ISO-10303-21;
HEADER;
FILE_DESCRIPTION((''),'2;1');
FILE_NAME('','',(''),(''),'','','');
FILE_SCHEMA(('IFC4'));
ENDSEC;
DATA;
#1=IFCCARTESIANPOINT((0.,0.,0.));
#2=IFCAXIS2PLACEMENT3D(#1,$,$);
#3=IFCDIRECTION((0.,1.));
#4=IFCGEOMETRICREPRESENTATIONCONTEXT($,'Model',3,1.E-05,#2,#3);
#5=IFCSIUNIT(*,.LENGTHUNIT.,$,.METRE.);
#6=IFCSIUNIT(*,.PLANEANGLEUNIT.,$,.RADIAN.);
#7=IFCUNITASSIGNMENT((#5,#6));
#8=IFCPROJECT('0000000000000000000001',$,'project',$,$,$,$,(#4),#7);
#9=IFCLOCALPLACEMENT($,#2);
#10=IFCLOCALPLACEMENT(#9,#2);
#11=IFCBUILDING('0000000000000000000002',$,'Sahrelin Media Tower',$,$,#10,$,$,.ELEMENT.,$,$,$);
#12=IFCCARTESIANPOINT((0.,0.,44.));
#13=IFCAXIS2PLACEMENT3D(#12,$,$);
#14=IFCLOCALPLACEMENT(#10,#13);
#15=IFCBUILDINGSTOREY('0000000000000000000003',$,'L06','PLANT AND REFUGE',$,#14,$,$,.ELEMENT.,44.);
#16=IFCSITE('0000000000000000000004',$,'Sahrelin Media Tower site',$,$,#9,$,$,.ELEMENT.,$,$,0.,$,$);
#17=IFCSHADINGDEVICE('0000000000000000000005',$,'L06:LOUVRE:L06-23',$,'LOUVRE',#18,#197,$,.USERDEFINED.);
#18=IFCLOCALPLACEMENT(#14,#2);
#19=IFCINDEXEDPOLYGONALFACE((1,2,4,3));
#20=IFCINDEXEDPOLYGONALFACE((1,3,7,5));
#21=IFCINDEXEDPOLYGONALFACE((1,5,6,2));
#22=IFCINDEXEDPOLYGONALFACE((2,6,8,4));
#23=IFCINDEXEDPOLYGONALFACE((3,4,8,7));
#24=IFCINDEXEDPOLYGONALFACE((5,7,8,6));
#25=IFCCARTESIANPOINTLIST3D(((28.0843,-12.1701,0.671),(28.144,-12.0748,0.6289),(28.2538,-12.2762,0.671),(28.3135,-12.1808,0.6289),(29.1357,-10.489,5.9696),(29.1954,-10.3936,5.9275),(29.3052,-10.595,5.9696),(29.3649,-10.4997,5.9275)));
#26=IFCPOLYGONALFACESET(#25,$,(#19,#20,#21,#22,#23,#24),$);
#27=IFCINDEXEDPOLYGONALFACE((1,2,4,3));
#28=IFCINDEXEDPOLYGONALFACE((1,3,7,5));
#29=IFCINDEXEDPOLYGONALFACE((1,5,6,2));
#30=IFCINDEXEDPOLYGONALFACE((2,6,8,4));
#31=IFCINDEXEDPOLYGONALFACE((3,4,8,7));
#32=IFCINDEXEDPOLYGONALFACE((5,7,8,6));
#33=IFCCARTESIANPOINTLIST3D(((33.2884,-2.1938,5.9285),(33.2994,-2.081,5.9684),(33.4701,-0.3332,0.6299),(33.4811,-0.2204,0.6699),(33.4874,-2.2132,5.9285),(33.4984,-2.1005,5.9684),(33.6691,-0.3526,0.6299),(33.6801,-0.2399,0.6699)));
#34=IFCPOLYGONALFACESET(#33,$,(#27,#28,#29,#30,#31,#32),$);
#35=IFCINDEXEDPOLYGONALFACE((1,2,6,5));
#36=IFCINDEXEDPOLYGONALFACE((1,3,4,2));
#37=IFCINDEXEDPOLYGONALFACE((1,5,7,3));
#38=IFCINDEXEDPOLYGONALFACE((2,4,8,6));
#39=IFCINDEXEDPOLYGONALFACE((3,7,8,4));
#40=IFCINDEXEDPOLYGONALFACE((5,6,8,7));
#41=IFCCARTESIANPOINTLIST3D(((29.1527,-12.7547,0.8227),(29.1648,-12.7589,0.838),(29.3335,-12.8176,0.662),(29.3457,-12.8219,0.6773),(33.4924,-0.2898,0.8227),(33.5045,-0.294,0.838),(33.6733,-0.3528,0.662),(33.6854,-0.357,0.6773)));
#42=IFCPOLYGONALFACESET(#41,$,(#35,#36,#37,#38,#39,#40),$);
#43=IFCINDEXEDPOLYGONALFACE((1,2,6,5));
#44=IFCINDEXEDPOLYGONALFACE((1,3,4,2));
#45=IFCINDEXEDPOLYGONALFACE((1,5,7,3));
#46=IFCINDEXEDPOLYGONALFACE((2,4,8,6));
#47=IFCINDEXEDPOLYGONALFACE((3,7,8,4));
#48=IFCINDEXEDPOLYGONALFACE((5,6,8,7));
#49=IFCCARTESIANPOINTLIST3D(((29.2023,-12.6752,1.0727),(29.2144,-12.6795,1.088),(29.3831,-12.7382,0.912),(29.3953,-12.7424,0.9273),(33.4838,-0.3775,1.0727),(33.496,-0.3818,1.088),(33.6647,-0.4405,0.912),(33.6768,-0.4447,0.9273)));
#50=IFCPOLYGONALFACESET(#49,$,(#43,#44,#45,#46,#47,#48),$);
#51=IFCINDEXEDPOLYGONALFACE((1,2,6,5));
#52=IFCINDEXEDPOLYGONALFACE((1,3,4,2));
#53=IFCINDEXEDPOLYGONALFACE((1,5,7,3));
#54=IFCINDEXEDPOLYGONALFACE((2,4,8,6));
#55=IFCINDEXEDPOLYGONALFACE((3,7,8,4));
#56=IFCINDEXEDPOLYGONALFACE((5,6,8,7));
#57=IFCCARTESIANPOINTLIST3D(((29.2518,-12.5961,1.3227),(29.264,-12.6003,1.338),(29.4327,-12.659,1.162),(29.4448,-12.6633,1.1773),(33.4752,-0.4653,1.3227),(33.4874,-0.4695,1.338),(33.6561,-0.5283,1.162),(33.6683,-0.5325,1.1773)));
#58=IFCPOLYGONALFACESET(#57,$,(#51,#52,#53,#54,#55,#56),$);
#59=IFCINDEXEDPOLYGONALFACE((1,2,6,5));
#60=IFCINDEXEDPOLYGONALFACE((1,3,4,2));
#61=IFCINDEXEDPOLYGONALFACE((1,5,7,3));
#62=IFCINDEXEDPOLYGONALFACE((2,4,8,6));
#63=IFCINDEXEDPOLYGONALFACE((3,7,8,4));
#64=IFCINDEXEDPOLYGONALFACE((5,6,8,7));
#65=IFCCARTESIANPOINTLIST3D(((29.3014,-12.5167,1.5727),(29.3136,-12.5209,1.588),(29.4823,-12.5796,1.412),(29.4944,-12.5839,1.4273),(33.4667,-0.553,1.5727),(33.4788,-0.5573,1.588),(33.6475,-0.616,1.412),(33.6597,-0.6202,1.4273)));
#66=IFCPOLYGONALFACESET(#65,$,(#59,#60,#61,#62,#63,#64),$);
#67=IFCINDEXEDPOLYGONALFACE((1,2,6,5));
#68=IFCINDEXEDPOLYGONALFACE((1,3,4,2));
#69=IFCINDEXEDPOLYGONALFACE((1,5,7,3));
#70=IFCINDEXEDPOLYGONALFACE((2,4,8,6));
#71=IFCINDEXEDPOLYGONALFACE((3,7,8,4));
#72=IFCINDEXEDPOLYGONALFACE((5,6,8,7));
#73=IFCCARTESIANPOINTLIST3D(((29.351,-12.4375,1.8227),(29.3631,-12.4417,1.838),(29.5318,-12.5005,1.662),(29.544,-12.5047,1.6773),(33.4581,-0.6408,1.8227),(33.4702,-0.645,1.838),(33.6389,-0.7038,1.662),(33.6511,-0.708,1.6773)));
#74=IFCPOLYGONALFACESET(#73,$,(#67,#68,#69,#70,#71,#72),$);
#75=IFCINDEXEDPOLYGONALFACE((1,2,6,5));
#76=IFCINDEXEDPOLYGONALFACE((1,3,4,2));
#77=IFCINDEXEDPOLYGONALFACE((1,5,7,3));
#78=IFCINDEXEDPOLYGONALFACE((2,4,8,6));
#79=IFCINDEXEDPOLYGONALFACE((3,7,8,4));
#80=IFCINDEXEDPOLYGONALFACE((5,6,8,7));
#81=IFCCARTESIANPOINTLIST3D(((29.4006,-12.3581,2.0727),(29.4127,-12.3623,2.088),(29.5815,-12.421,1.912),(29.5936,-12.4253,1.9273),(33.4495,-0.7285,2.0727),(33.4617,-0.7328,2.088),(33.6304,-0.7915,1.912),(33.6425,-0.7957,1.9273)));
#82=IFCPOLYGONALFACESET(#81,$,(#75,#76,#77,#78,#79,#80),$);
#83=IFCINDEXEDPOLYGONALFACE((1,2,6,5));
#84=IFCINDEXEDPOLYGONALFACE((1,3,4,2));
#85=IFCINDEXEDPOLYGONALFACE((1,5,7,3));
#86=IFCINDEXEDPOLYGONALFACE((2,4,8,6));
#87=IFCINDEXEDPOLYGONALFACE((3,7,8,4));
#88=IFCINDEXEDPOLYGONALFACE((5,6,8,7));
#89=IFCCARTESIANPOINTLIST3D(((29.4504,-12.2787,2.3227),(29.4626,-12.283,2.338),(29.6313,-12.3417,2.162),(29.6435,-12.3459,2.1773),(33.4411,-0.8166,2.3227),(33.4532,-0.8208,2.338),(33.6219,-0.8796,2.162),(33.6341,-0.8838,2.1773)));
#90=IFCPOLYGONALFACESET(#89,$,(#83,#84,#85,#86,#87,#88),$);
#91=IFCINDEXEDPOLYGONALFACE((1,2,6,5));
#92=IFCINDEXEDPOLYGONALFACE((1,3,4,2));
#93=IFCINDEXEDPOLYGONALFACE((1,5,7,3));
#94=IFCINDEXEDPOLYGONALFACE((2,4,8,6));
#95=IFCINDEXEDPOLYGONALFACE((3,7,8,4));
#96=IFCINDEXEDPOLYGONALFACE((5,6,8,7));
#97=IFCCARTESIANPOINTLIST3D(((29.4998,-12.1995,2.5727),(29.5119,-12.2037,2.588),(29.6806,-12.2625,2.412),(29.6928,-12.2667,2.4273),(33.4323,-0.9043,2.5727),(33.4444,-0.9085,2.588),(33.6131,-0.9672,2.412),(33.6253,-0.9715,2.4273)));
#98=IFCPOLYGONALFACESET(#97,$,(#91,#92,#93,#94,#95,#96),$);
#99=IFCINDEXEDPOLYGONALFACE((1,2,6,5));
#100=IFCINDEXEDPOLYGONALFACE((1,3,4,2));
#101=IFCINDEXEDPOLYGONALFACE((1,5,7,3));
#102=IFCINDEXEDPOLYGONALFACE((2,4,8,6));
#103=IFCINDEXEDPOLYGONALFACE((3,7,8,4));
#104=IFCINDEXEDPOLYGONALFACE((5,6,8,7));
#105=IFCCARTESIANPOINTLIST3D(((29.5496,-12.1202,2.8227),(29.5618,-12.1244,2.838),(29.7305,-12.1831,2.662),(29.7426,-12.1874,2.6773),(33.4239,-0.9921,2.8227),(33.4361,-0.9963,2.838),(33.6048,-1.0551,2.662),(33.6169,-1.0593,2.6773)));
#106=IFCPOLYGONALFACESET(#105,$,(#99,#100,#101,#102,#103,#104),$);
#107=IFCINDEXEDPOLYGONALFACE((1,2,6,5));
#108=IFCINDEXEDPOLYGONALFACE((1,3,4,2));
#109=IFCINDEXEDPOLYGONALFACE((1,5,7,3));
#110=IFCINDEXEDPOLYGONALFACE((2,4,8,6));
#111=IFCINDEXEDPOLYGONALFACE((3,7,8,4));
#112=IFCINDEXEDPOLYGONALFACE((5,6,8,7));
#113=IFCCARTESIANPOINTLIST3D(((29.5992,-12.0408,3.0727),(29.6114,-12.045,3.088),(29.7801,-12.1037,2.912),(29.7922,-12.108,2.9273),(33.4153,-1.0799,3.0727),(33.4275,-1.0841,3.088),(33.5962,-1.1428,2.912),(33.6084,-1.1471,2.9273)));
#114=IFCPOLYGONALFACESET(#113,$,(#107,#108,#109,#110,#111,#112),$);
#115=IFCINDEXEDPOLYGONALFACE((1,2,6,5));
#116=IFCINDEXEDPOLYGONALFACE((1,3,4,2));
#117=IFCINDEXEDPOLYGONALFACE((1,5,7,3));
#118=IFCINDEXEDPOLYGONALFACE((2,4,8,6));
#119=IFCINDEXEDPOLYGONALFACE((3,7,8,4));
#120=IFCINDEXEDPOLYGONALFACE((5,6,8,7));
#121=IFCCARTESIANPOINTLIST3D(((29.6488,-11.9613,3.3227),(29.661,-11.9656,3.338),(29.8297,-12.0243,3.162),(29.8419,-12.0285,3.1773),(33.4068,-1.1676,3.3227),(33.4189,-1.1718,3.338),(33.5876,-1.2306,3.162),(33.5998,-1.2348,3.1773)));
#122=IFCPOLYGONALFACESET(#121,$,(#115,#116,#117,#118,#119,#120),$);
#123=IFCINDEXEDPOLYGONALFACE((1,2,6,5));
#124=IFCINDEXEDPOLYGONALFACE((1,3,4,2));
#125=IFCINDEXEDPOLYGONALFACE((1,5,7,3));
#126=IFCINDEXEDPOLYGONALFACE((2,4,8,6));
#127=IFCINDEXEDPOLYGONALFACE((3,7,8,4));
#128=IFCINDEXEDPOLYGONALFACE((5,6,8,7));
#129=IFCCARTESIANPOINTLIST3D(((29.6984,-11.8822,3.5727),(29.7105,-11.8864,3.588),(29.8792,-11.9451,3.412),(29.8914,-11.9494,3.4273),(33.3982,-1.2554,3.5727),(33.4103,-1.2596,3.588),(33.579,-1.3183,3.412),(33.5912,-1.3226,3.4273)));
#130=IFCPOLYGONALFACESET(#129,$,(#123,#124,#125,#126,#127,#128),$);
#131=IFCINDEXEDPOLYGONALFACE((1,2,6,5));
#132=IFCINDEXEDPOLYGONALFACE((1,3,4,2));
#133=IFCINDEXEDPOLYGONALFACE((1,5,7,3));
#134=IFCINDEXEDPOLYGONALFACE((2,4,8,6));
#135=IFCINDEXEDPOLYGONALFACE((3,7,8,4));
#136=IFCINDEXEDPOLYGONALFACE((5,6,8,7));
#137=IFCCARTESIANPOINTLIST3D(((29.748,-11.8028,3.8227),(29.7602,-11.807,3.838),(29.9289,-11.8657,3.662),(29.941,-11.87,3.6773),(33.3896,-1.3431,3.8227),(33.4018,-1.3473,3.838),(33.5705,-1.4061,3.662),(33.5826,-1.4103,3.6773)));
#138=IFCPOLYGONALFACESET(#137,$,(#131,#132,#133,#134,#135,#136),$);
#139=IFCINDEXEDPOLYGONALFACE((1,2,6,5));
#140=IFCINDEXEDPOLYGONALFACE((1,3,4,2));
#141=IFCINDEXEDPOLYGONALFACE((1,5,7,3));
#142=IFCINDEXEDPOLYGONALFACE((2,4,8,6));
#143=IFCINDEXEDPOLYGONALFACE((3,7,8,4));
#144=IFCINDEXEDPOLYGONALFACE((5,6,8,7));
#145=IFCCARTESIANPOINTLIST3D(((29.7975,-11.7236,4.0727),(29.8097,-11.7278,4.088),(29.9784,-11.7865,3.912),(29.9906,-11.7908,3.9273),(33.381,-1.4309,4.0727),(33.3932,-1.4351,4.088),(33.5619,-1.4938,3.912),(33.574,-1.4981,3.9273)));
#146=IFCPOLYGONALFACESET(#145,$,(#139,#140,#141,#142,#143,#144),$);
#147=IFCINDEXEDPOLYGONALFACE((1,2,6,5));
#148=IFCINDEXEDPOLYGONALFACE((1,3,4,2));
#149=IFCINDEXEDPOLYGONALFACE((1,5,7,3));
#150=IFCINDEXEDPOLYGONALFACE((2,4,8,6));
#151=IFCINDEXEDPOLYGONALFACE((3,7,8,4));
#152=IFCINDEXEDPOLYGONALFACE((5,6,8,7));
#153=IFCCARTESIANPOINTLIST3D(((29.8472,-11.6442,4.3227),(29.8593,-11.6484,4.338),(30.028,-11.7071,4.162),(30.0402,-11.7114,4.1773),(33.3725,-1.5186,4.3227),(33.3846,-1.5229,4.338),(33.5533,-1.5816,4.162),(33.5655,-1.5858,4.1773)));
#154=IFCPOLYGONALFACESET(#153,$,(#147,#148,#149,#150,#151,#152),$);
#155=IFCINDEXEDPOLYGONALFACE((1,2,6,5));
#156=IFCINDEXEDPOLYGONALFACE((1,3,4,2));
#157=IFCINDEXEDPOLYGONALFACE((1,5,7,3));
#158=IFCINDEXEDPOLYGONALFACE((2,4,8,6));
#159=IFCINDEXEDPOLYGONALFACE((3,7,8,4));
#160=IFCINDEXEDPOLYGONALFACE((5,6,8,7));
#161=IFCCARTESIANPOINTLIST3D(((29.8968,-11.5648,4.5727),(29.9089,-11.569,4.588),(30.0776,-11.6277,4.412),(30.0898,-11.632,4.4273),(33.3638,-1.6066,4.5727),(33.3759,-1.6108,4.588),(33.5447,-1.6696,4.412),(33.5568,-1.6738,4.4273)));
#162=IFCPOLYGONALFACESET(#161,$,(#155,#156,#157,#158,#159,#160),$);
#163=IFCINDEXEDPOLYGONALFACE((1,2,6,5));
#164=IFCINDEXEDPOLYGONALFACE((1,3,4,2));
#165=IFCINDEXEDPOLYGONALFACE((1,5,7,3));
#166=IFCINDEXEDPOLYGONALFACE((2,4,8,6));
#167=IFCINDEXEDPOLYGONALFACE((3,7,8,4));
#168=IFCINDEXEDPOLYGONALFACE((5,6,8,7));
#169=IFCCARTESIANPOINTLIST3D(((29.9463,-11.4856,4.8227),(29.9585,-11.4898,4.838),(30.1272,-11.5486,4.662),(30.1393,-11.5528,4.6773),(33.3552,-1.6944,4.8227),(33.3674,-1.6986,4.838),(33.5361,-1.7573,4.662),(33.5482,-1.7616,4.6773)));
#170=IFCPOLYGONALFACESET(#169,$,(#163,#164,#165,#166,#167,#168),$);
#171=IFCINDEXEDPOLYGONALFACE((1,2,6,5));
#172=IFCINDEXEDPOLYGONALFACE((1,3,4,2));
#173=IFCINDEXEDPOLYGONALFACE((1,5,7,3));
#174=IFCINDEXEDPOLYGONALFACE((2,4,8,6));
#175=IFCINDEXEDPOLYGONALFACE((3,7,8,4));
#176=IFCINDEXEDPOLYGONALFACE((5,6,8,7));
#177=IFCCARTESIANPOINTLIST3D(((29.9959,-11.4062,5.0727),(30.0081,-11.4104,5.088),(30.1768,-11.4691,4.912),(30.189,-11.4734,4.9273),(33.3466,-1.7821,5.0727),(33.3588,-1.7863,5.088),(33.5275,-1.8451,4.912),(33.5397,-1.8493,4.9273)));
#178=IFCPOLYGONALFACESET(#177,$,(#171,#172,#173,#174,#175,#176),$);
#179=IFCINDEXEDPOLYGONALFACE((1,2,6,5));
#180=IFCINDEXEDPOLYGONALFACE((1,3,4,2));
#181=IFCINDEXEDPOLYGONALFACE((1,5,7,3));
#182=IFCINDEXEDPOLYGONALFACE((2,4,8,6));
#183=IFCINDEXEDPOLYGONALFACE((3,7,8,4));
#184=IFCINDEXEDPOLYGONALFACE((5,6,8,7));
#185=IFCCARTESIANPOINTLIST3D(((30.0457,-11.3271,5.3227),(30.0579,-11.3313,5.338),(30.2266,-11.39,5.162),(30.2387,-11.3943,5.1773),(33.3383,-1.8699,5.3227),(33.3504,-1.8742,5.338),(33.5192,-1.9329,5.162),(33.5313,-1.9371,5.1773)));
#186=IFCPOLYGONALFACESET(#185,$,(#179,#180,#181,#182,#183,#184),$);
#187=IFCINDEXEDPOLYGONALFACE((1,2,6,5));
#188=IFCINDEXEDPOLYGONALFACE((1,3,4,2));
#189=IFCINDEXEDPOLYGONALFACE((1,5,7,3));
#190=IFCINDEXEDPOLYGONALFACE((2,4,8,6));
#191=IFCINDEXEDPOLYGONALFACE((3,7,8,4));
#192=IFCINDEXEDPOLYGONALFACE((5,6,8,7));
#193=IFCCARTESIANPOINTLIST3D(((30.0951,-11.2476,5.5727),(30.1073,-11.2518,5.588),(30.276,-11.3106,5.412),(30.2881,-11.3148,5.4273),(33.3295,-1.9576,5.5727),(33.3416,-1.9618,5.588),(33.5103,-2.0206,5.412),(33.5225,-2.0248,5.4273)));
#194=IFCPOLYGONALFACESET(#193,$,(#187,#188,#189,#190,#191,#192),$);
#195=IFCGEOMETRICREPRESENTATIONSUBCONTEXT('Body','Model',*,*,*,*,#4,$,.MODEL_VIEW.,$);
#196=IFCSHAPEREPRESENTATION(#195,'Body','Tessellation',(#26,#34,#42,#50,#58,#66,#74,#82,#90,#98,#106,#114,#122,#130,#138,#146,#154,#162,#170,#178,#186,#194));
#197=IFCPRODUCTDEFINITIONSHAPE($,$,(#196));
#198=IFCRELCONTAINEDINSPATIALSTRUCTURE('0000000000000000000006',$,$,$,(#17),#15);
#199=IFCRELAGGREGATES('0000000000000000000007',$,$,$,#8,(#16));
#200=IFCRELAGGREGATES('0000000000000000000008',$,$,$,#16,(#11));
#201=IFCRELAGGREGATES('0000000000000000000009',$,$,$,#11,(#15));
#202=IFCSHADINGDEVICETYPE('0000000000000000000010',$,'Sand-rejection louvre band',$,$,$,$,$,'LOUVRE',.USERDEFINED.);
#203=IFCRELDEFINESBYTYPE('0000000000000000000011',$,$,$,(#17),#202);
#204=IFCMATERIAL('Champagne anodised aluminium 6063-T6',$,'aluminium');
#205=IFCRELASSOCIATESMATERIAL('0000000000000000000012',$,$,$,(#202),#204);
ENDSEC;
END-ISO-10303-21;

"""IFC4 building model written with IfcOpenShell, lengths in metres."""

from ifc_helpers import new_model, si_unit, direction, frame, origin, origin_2d, place, context, subcontext, project, spatial, rectangle, extrude, material, type_object, element, save


model = new_model("IFC4")

# Units and contexts
model_context = context("Model", 3, precision=1e-05, world=origin(), true_north=direction((0.0, 1.0)))
body_context = subcontext(model_context, "Body", "Model", "MODEL_VIEW")
ifc_project = project(units=[si_unit("LENGTHUNIT", "METRE"), si_unit("PLANEANGLEUNIT", "RADIAN")], contexts=[model_context])

# Site, building, storey
site_placement = place(None, origin())
site = spatial("IfcSite", under=ifc_project, at=site_placement, Name="Sahrelin Media Tower site", CompositionType="ELEMENT", RefElevation=0.0)
building_placement = place(site_placement, origin())
building = spatial("IfcBuilding", under=site, at=building_placement, Name="Sahrelin Media Tower", CompositionType="ELEMENT")
storey_placement = place(building_placement, frame((0.0, 0.0, 44.0)))
storey = spatial("IfcBuildingStorey", under=building, at=storey_placement, Name="L06", Description="PLANT AND REFUGE", CompositionType="ELEMENT", Elevation=44.0)

# Shading device
ifc_material_1 = material(Name="Champagne anodised aluminium 6063-T6", Category="aluminium")
shading_device_type = type_object("IfcShadingDeviceType", Name="Sand-rejection louvre band", ElementType="LOUVRE", PredefinedType="USERDEFINED", material=ifc_material_1)
shading_device_placement = place(storey_placement, frame((30.8027, -6.3115, 0.0), z_axis=(0.0, 0.0, 1.0), x_axis=(-0.3288, -0.9444, 0.0)))
element("IfcShadingDevice", 1, at=shading_device_placement, inside=storey, type_object=shading_device_type, Name="L06:LOUVRE:L06-23", ObjectType="LOUVRE", PredefinedType="USERDEFINED", context=body_context, shape_type="SweptSolid", body=[
    extrude(rectangle(XDim=0.2, YDim=0.1201, at=origin_2d()), frame((6.394, -0.531, 0.6499), z_axis=(-0.341736, 0.077807, 0.93657), x_axis=(-0.221999, -0.975047, 0.0)), (0.0, 0.0, 1.0), 5.6575),
    extrude(rectangle(XDim=0.2, YDim=0.1201, at=origin_2d()), frame((-6.6016, 0.6372, 0.6499), z_axis=(0.323365, 0.078343, 0.943026), x_axis=(-0.235462, 0.971884, 0.0)), (0.0, 0.0, 1.0), 5.6187),
    extrude(rectangle(XDim=0.25, YDim=0.02, at=origin_2d()), frame((6.6274, 0.6624, 0.75), z_axis=(-1.0, 0.0, 0.0), x_axis=(0.0, -0.766044, 0.642788)), (0.0, 0.0, 1.0), 13.1987),
    extrude(rectangle(XDim=0.25, YDim=0.02, at=origin_2d()), frame((6.5361, 0.6831, 1.0), z_axis=(-1.0, 0.0, 0.0), x_axis=(0.0, -0.766044, 0.642788)), (0.0, 0.0, 1.0), 13.0217),
    extrude(rectangle(XDim=0.25, YDim=0.02, at=origin_2d()), frame((6.4451, 0.7039, 1.25), z_axis=(-1.0, 0.0, 0.0), x_axis=(0.0, -0.766044, 0.642788)), (0.0, 0.0, 1.0), 12.845),
    extrude(rectangle(XDim=0.25, YDim=0.02, at=origin_2d()), frame((6.3538, 0.7246, 1.5), z_axis=(-1.0, 0.0, 0.0), x_axis=(0.0, -0.766044, 0.642788)), (0.0, 0.0, 1.0), 12.668),
    extrude(rectangle(XDim=0.25, YDim=0.02, at=origin_2d()), frame((6.2627, 0.7454, 1.75), z_axis=(-1.0, 0.0, 0.0), x_axis=(0.0, -0.766044, 0.642788)), (0.0, 0.0, 1.0), 12.4912),
    extrude(rectangle(XDim=0.25, YDim=0.02, at=origin_2d()), frame((6.1714, 0.7661, 2.0), z_axis=(-1.0, 0.0, 0.0), x_axis=(0.0, -0.766044, 0.642788)), (0.0, 0.0, 1.0), 12.3142),
    extrude(rectangle(XDim=0.25, YDim=0.02, at=origin_2d()), frame((6.0801, 0.7871, 2.25), z_axis=(-1.0, 0.0, 0.0), x_axis=(0.0, -0.766044, 0.642788)), (0.0, 0.0, 1.0), 12.137),
    extrude(rectangle(XDim=0.25, YDim=0.02, at=origin_2d()), frame((5.989, 0.8076, 2.5), z_axis=(-1.0, 0.0, 0.0), x_axis=(0.0, -0.766044, 0.642788)), (0.0, 0.0, 1.0), 11.9602),
    extrude(rectangle(XDim=0.25, YDim=0.02, at=origin_2d()), frame((5.8977, 0.8286, 2.75), z_axis=(-1.0, 0.0, 0.0), x_axis=(0.0, -0.766044, 0.642788)), (0.0, 0.0, 1.0), 11.7832),
    extrude(rectangle(XDim=0.25, YDim=0.02, at=origin_2d()), frame((5.8064, 0.8494, 3.0), z_axis=(-1.0, 0.0, 0.0), x_axis=(0.0, -0.766044, 0.642788)), (0.0, 0.0, 1.0), 11.6062),
    extrude(rectangle(XDim=0.25, YDim=0.02, at=origin_2d()), frame((5.7151, 0.8701, 3.25), z_axis=(-1.0, 0.0, 0.0), x_axis=(0.0, -0.766044, 0.642788)), (0.0, 0.0, 1.0), 11.4292),
    extrude(rectangle(XDim=0.25, YDim=0.02, at=origin_2d()), frame((5.624, 0.8909, 3.5), z_axis=(-1.0, 0.0, 0.0), x_axis=(0.0, -0.766044, 0.642788)), (0.0, 0.0, 1.0), 11.2524),
    extrude(rectangle(XDim=0.25, YDim=0.02, at=origin_2d()), frame((5.5327, 0.9116, 3.75), z_axis=(-1.0, 0.0, 0.0), x_axis=(0.0, -0.766044, 0.642788)), (0.0, 0.0, 1.0), 11.0754),
    extrude(rectangle(XDim=0.25, YDim=0.02, at=origin_2d()), frame((5.4417, 0.9324, 4.0), z_axis=(-1.0, 0.0, 0.0), x_axis=(0.0, -0.766044, 0.642788)), (0.0, 0.0, 1.0), 10.8987),
    extrude(rectangle(XDim=0.25, YDim=0.02, at=origin_2d()), frame((5.3503, 0.9531, 4.25), z_axis=(-1.0, 0.0, 0.0), x_axis=(0.0, -0.766044, 0.642788)), (0.0, 0.0, 1.0), 10.7217),
    extrude(rectangle(XDim=0.25, YDim=0.02, at=origin_2d()), frame((5.259, 0.9739, 4.5), z_axis=(-1.0, 0.0, 0.0), x_axis=(0.0, -0.766044, 0.642788)), (0.0, 0.0, 1.0), 10.5444),
    extrude(rectangle(XDim=0.25, YDim=0.02, at=origin_2d()), frame((5.168, 0.9946, 4.75), z_axis=(-1.0, 0.0, 0.0), x_axis=(0.0, -0.766044, 0.642788)), (0.0, 0.0, 1.0), 10.3677),
    extrude(rectangle(XDim=0.25, YDim=0.02, at=origin_2d()), frame((5.0767, 1.0154, 5.0), z_axis=(-1.0, 0.0, 0.0), x_axis=(0.0, -0.766044, 0.642788)), (0.0, 0.0, 1.0), 10.1907),
    extrude(rectangle(XDim=0.25, YDim=0.02, at=origin_2d()), frame((4.9856, 1.0364, 5.25), z_axis=(-1.0, 0.0, 0.0), x_axis=(0.0, -0.766044, 0.642788)), (0.0, 0.0, 1.0), 10.0139),
    extrude(rectangle(XDim=0.25, YDim=0.02, at=origin_2d()), frame((4.8943, 1.0569, 5.5), z_axis=(-1.0, 0.0, 0.0), x_axis=(0.0, -0.766044, 0.642788)), (0.0, 0.0, 1.0), 9.8369),
])

save(model, "model.ifc")
